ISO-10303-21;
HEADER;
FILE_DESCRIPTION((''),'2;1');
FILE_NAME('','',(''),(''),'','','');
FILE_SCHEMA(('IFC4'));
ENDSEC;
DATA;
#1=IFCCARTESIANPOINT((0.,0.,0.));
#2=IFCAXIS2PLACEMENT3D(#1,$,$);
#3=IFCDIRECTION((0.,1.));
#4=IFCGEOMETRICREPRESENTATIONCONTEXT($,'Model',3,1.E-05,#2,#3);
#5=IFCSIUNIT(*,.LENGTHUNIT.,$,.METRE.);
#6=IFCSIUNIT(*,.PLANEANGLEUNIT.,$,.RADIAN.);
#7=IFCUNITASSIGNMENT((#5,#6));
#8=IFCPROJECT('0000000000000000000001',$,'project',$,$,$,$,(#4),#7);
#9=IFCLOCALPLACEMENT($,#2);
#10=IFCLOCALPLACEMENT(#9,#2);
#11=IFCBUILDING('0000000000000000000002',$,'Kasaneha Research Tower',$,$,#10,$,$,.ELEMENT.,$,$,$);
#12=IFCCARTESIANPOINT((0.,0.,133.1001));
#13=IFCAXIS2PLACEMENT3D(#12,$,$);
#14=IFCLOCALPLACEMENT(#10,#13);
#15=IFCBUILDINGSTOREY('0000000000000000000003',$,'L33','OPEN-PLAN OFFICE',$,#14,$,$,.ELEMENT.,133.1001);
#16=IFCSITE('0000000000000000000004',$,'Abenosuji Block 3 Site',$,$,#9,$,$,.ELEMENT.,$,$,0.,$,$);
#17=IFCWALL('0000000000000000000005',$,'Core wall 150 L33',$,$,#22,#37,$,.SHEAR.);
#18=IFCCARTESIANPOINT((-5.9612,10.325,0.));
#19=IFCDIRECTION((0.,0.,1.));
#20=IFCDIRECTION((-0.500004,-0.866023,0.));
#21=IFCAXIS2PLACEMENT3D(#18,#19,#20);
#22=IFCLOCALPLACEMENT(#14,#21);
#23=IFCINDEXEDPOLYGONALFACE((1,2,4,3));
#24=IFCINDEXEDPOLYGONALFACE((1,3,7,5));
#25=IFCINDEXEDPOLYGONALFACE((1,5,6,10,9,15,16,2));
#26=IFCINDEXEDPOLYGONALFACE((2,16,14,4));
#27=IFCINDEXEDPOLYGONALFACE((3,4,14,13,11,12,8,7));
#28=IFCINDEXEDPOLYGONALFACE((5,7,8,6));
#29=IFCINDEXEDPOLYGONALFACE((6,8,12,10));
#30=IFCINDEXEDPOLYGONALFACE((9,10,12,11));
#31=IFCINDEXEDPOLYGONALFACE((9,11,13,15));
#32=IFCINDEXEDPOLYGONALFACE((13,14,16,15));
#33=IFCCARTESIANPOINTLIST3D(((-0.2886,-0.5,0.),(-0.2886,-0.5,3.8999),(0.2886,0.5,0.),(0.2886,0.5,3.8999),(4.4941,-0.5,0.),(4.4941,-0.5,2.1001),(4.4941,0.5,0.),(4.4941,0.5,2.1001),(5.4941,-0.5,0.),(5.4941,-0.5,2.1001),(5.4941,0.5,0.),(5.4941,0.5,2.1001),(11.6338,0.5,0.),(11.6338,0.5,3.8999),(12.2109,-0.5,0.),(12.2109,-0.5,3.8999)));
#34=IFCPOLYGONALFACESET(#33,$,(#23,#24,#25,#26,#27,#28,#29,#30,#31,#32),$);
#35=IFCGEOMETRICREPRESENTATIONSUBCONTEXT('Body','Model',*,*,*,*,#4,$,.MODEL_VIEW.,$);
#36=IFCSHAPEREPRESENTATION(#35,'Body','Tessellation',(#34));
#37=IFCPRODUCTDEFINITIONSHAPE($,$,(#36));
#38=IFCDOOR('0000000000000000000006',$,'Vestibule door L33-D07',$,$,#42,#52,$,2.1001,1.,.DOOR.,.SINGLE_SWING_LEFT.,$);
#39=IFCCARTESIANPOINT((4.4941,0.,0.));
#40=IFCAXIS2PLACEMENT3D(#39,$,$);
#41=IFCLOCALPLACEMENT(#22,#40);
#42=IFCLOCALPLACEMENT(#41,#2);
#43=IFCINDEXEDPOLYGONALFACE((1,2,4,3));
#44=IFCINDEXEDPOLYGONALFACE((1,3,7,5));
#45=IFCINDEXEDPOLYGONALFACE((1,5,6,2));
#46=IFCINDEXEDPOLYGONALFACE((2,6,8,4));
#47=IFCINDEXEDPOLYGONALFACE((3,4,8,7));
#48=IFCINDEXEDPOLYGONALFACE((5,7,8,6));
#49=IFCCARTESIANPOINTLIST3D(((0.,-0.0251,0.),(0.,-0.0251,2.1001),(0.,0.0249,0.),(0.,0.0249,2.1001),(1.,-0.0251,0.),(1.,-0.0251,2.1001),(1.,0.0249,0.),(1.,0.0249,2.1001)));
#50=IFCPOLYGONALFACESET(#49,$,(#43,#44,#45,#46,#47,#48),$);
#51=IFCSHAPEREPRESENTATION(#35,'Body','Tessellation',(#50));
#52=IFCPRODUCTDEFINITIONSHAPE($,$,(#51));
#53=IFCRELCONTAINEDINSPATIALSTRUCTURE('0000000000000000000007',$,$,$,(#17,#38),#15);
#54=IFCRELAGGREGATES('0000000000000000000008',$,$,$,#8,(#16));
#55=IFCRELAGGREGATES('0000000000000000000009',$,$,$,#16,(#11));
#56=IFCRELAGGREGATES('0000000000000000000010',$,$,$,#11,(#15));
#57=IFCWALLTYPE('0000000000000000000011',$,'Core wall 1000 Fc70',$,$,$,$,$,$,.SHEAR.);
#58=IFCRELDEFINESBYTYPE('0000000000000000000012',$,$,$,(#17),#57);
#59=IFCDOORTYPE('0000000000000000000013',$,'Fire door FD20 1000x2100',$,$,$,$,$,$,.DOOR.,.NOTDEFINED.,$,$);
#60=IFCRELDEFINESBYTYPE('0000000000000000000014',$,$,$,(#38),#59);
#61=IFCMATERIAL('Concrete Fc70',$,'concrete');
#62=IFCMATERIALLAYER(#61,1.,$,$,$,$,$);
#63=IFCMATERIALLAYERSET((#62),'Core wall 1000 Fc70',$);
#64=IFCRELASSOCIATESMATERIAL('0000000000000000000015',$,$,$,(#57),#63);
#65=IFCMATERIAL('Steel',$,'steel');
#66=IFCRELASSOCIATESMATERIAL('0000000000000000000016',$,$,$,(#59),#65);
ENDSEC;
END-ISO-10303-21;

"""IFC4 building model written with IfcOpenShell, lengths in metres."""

from ifc_helpers import new_model, si_unit, direction, frame, frame_2d, origin, place, context, subcontext, project, spatial, polyline, rectangle, outline, extrude, material, layer, layer_set, type_object, element, fill, save


model = new_model("IFC4")

# Units and contexts
model_context = context("Model", 3, precision=1e-05, world=origin(), true_north=direction((0.0, 1.0)))
body_context = subcontext(model_context, "Body", "Model", "MODEL_VIEW")
ifc_project = project(units=[si_unit("LENGTHUNIT", "METRE"), si_unit("PLANEANGLEUNIT", "RADIAN")], contexts=[model_context])

# Site, building, storey
site_placement = place(None, origin())
site = spatial("IfcSite", under=ifc_project, at=site_placement, Name="Abenosuji Block 3 Site", CompositionType="ELEMENT", RefElevation=0.0)
building_placement = place(site_placement, origin())
building = spatial("IfcBuilding", under=site, at=building_placement, Name="Kasaneha Research Tower", CompositionType="ELEMENT")
storey_placement = place(building_placement, frame((0.0, 0.0, 133.1001)))
storey = spatial("IfcBuildingStorey", under=building, at=storey_placement, Name="L33", Description="OPEN-PLAN OFFICE", CompositionType="ELEMENT", Elevation=133.1001)

# Wall, opening, door
ifc_material_1 = material(Name="Concrete Fc70", Category="concrete")
ifc_layer_1 = layer(ifc_material_1, 1.0)
ifc_layer_set_1 = layer_set([ifc_layer_1], Name="Core wall 1000 Fc70")
wall_type_1 = type_object("IfcWallType", Name="Core wall 1000 Fc70", PredefinedType="SHEAR", material=ifc_layer_set_1)
wall_1_placement = place(storey_placement, frame((-5.9612, 10.325, 0.0), z_axis=(0.0, 0.0, 1.0), x_axis=(-0.500004, -0.866023, 0.0)))
wall_1 = element("IfcWall", 1, at=wall_1_placement, inside=storey, type_object=wall_type_1, Name="Core wall 150 L33", PredefinedType="SHEAR", context=body_context, shape_type="SweptSolid", body=[
    extrude(outline(polyline([(-0.2886, -0.5), (4.4941, -0.5), (5.4941, -0.5), (12.2109, -0.5), (11.6338, 0.5), (5.4941, 0.5), (4.4941, 0.5), (0.2886, 0.5), (-0.2886, -0.5)])), origin(), (0.0, 0.0, 1.0), 3.8999),
])
opening_1_placement = place(wall_1_placement, frame((4.4941, 0.0, 0.0)))
opening_1 = element("IfcOpeningElement", 2, at=opening_1_placement, cuts=wall_1, PredefinedType="OPENING", context=body_context, shape_type="SweptSolid", body=[
    extrude(rectangle(XDim=1.0, YDim=2.1001, at=frame_2d((0.5, 1.05))), frame((0.0, 0.51, 0.0), z_axis=(0.0, -1.0, 0.0), x_axis=(1.0, 0.0, 0.0)), (0.0, 0.0, 1.0), 1.02),
])
ifc_material_2 = material(Name="Steel", Category="steel")
door_type_1 = type_object("IfcDoorType", Name="Fire door FD20 1000x2100", OperationType="NOTDEFINED", PredefinedType="DOOR", material=ifc_material_2)
door_1_placement = place(opening_1_placement, origin())
door_1 = element("IfcDoor", 3, at=door_1_placement, inside=storey, type_object=door_type_1, Name="Vestibule door L33-D07", OperationType="SINGLE_SWING_LEFT", OverallHeight=2.1001, OverallWidth=1.0, PredefinedType="DOOR", context=body_context, shape_type="SweptSolid", body=[
    extrude(rectangle(XDim=1.0, YDim=2.1001, at=frame_2d((0.5, 1.05))), frame((0.0, 0.0249, 0.0), z_axis=(0.0, -1.0, 0.0), x_axis=(1.0, 0.0, 0.0)), (0.0, 0.0, 1.0), 0.05),
])
fill(opening_1, door_1)

save(model, "model.ifc")
